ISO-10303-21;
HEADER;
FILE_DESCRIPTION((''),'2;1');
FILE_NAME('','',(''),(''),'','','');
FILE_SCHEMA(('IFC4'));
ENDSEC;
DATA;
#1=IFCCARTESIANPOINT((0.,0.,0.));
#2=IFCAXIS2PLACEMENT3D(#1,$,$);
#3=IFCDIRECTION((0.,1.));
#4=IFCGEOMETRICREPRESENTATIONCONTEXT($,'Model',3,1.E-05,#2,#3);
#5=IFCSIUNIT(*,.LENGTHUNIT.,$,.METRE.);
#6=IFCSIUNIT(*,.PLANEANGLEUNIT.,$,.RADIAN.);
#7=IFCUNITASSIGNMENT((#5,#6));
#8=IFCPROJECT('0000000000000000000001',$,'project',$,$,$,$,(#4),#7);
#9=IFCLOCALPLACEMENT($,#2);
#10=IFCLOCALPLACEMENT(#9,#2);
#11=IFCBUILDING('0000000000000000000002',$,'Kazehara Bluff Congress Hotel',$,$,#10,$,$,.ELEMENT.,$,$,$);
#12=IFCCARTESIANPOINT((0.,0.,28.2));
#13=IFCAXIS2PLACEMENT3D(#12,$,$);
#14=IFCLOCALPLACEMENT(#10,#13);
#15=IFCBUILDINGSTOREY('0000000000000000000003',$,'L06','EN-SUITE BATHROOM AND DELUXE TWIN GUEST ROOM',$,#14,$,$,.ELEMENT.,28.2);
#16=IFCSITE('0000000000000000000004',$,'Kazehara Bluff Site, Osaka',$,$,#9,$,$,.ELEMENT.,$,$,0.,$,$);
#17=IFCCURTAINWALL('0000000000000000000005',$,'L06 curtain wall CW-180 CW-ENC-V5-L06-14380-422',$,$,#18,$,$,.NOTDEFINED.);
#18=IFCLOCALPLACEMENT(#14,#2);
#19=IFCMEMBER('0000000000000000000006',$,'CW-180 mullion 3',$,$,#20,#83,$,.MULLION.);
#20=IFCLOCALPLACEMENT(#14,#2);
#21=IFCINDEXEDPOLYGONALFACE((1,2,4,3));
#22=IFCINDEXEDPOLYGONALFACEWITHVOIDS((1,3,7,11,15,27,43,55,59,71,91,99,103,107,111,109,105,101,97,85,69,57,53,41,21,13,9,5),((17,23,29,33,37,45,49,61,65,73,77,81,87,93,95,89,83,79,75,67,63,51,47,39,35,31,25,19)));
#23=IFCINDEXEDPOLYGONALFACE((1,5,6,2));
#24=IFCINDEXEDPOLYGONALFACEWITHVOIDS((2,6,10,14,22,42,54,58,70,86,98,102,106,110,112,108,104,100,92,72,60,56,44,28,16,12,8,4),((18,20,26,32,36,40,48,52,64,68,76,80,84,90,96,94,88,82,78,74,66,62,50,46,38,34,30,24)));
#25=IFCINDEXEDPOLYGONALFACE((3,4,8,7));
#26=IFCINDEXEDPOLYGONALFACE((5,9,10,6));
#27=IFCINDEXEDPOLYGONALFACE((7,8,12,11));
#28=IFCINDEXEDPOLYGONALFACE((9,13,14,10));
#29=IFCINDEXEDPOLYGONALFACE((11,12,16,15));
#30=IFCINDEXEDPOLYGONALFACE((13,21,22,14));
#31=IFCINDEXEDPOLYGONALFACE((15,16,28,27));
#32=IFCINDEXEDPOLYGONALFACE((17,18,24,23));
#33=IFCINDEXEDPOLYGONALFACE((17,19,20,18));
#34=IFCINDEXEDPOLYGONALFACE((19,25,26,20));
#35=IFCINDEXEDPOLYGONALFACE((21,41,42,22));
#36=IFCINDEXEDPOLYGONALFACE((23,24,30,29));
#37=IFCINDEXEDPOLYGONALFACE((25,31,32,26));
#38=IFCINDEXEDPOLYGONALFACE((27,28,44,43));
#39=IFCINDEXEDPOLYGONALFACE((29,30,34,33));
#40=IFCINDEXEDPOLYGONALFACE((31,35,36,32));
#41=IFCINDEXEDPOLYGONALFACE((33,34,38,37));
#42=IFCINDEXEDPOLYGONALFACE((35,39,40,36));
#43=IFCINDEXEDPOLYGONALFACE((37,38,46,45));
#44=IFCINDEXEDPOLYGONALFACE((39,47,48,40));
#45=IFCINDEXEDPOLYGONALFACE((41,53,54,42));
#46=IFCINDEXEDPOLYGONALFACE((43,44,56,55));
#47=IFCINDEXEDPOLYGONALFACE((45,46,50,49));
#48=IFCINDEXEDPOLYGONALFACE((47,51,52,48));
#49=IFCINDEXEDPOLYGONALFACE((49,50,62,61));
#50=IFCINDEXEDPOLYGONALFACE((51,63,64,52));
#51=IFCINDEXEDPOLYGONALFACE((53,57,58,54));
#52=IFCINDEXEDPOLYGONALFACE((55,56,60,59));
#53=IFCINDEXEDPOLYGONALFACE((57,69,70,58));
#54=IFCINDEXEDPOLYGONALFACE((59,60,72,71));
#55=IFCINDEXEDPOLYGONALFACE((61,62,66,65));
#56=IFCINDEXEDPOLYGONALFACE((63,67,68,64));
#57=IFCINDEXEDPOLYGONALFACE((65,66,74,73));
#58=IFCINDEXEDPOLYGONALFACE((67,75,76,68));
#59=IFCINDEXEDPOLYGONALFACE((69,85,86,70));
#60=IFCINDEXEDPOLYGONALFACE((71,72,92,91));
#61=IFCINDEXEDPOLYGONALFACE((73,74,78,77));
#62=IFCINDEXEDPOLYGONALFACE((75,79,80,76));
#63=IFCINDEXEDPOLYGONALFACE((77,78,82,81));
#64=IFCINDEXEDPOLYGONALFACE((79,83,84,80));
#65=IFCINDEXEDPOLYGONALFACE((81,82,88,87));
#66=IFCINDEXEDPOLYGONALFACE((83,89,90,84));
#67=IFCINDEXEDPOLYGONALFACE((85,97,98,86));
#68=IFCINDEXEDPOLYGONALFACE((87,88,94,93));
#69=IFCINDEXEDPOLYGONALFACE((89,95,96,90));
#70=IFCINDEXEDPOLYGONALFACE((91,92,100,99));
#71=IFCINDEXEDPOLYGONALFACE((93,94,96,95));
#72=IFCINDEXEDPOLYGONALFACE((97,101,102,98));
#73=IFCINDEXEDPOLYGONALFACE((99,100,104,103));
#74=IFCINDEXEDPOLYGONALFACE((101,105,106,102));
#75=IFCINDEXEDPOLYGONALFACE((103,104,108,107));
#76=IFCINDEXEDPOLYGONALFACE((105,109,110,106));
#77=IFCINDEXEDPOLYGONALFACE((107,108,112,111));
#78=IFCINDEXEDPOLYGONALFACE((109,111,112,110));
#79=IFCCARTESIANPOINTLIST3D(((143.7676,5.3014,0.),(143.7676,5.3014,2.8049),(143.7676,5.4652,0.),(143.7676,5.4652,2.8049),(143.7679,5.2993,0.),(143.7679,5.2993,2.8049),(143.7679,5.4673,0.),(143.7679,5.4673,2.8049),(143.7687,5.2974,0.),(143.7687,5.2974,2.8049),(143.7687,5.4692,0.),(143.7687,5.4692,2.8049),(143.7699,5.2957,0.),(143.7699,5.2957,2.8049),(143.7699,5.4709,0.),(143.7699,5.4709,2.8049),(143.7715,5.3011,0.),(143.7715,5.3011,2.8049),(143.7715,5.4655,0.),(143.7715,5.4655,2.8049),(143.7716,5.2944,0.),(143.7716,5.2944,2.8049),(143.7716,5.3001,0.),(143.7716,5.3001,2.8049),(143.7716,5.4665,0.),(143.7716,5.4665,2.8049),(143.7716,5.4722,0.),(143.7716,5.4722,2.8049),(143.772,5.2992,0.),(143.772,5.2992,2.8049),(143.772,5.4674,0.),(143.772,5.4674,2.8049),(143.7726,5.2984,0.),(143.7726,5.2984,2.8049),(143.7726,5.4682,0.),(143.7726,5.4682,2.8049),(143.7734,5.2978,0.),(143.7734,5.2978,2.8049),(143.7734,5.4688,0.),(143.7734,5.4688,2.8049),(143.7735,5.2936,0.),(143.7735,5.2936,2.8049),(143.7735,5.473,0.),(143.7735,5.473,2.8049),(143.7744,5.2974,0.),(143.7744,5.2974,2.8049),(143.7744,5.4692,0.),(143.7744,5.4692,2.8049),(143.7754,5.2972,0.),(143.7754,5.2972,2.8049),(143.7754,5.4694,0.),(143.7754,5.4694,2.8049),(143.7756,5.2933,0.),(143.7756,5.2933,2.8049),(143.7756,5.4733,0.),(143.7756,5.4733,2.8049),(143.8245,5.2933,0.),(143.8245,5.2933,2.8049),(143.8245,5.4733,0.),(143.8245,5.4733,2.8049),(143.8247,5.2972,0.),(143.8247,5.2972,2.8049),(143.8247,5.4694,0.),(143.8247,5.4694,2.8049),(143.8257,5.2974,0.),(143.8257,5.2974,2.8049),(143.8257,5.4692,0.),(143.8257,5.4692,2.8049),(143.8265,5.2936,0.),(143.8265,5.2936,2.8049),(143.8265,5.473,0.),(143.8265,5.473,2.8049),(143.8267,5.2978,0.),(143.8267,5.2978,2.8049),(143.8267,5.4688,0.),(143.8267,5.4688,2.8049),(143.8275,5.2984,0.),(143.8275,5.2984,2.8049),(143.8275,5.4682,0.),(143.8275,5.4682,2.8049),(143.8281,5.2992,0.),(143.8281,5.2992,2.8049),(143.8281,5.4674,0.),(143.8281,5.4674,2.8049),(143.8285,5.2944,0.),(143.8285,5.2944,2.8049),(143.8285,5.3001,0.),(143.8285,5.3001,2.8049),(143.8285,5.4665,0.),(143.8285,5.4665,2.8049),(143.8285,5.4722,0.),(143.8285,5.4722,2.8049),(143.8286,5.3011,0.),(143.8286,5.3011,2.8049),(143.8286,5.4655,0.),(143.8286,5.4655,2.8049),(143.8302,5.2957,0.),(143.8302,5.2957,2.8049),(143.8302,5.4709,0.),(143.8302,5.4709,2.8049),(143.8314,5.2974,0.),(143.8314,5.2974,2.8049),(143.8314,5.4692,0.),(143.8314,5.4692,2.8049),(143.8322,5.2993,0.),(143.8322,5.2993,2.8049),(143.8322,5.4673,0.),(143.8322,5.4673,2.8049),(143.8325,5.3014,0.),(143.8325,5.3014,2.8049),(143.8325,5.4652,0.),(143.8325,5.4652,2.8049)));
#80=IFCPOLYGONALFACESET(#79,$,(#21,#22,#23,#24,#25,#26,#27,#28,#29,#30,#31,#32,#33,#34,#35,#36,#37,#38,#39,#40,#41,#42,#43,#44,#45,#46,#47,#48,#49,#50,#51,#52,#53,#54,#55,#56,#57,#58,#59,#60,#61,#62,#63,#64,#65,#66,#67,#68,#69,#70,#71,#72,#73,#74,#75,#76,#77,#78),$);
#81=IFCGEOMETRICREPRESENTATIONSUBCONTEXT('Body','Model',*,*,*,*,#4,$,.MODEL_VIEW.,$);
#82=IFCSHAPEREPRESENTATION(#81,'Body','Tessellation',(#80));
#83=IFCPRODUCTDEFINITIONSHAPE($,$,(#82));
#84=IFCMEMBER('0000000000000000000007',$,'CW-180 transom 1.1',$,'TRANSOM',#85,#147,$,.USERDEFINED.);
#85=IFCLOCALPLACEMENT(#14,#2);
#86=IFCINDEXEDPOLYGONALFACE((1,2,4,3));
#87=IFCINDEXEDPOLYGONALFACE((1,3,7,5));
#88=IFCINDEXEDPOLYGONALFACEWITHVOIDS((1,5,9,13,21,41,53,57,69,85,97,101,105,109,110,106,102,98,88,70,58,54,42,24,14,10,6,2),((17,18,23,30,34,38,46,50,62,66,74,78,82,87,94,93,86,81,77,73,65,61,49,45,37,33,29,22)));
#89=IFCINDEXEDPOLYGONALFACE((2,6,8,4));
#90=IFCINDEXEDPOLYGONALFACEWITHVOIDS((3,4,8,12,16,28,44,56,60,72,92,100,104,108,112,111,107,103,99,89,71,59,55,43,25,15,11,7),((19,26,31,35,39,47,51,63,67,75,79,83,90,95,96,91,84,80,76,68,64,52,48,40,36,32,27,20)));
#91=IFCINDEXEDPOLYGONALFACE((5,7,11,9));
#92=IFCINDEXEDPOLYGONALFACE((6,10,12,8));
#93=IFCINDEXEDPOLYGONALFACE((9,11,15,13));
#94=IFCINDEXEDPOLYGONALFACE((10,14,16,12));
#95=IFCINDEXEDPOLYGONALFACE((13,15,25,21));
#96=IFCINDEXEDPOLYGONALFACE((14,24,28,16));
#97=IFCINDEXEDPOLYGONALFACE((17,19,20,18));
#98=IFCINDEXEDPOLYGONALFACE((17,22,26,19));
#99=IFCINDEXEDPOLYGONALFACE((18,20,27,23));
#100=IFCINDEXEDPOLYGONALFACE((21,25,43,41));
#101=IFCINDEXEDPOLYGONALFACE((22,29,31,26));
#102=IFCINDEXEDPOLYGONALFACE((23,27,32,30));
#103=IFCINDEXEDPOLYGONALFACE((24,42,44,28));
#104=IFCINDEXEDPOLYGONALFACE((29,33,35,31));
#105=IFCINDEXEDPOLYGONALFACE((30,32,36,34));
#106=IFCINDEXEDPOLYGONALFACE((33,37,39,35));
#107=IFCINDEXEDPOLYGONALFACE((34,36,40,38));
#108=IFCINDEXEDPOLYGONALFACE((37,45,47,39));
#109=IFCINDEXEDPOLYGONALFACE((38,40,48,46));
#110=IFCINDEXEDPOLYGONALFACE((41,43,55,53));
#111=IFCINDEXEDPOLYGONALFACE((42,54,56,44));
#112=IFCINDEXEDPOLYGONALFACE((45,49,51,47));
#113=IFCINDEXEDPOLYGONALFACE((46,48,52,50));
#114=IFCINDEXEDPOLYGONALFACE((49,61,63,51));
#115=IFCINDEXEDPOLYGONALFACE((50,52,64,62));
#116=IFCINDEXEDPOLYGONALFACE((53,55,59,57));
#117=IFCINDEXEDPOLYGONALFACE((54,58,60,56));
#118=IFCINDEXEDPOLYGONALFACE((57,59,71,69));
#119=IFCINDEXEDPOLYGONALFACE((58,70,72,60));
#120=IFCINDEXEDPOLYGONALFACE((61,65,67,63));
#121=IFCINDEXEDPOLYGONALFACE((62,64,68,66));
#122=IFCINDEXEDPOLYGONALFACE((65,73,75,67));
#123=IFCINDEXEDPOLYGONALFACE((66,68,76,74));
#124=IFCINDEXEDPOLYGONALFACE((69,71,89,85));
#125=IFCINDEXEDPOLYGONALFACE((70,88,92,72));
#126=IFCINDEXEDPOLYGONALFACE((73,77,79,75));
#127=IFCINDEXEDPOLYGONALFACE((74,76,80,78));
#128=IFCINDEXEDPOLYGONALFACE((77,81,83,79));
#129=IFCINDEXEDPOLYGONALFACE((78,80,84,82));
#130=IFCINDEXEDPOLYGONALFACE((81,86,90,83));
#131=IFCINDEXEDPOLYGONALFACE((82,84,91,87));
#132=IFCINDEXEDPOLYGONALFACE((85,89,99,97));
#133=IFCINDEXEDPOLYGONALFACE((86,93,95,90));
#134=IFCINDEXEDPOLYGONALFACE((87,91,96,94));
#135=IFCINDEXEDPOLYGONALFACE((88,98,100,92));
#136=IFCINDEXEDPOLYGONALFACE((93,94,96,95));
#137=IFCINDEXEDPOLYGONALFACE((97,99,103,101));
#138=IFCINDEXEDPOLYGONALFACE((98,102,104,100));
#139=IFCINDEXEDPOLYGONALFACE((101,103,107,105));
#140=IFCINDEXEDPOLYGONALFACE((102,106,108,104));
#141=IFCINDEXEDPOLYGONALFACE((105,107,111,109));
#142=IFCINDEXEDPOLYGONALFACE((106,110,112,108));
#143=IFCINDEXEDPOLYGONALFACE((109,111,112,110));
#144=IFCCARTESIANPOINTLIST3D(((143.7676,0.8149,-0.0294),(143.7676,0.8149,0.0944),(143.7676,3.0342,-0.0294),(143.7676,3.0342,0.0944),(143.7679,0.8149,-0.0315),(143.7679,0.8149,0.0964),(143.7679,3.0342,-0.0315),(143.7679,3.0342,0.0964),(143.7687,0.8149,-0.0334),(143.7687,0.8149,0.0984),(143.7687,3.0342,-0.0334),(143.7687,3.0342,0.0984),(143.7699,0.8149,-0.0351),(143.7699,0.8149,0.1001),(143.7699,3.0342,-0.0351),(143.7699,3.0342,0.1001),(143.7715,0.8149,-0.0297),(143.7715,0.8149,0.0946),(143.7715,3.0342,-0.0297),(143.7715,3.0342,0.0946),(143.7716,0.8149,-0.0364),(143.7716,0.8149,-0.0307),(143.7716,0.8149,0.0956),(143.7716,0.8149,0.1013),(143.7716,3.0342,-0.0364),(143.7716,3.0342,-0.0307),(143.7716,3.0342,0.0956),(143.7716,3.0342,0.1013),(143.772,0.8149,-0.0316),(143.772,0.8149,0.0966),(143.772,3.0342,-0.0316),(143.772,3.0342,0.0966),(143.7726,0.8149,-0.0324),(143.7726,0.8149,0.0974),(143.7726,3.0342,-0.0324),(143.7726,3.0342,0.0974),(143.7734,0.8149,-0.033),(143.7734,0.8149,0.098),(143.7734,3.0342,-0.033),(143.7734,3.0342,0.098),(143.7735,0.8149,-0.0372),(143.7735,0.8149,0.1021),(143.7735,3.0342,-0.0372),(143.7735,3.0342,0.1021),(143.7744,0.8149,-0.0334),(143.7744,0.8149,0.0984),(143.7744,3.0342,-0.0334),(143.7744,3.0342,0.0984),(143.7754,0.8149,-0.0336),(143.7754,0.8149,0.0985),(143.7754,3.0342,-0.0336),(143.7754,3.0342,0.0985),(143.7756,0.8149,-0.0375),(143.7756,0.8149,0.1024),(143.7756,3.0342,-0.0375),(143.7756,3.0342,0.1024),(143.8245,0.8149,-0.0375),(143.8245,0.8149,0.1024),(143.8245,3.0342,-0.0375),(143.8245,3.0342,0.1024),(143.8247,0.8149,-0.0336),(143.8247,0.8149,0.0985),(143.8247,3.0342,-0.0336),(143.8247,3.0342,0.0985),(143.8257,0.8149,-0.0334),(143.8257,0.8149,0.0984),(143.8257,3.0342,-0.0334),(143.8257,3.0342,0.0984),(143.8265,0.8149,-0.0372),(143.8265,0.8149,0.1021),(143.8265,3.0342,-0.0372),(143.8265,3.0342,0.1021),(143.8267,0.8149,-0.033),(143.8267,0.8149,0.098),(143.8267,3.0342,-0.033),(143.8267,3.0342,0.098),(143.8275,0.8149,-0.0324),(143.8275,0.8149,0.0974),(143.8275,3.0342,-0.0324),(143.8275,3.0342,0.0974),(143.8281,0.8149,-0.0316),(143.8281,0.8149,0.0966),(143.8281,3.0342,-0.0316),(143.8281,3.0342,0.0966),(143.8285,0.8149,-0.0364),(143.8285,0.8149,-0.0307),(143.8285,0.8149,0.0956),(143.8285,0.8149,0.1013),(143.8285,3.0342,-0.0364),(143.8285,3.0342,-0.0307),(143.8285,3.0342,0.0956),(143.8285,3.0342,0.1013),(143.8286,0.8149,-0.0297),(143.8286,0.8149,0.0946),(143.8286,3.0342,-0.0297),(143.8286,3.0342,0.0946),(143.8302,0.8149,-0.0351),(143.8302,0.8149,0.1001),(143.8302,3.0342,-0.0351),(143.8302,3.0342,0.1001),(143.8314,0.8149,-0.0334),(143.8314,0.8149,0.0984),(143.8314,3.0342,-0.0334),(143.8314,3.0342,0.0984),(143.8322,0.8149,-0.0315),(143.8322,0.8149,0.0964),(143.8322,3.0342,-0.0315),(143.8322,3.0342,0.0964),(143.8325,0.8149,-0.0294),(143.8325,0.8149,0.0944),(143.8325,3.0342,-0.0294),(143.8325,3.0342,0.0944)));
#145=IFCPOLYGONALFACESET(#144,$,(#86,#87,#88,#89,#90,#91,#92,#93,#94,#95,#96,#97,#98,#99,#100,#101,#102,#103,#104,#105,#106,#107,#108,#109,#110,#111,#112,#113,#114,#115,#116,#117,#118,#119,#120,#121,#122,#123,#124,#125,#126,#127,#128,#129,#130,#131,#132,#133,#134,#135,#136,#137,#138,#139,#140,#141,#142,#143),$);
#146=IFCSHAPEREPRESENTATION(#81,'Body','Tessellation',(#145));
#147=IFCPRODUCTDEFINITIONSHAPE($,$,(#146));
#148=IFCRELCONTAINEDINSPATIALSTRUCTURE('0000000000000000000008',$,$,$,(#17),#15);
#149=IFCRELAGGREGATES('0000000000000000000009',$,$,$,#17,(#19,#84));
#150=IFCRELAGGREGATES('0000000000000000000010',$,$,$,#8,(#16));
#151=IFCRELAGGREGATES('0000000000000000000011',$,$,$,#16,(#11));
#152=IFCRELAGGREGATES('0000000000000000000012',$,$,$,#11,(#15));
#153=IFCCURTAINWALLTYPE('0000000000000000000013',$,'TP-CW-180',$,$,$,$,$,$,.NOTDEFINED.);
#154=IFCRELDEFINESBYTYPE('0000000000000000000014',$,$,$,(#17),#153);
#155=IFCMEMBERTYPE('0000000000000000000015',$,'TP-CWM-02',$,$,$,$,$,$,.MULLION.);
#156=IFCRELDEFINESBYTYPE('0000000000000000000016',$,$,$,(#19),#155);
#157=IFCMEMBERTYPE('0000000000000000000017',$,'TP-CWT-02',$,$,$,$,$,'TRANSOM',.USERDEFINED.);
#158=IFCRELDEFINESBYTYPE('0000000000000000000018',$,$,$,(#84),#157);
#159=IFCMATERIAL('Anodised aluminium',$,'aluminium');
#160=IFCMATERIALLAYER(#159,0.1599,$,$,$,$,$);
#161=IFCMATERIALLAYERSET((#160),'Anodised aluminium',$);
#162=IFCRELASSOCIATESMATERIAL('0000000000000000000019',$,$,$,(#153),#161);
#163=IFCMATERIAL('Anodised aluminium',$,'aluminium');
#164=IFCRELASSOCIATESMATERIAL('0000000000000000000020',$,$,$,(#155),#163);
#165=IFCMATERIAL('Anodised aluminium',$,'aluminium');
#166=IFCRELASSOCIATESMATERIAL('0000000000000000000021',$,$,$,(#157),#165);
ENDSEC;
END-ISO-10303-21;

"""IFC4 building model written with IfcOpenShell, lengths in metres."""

from ifc_helpers import new_model, si_unit, direction, frame, origin, origin_2d, place, context, subcontext, project, spatial, hollow_rectangle, extrude, material, layer, layer_set, material_profile, profile_set, type_object, element, aggregate, save


model = new_model("IFC4")

# Units and contexts
model_context = context("Model", 3, precision=1e-05, world=origin(), true_north=direction((0.0, 1.0)))
body_context = subcontext(model_context, "Body", "Model", "MODEL_VIEW")
ifc_project = project(units=[si_unit("LENGTHUNIT", "METRE"), si_unit("PLANEANGLEUNIT", "RADIAN")], contexts=[model_context])

# Site, building, storey
site_placement = place(None, origin())
site = spatial("IfcSite", under=ifc_project, at=site_placement, Name="Kazehara Bluff Site, Osaka", CompositionType="ELEMENT", RefElevation=0.0)
building_placement = place(site_placement, origin())
building = spatial("IfcBuilding", under=site, at=building_placement, Name="Kazehara Bluff Congress Hotel", CompositionType="ELEMENT")
storey_placement = place(building_placement, frame((0.0, 0.0, 28.2)))
storey = spatial("IfcBuildingStorey", under=building, at=storey_placement, Name="L06", Description="EN-SUITE BATHROOM AND DELUXE TWIN GUEST ROOM", CompositionType="ELEMENT", Elevation=28.2)

# Curtain wall, members
ifc_material_1 = material(Name="Anodised aluminium", Category="aluminium")
ifc_layer_1 = layer(ifc_material_1, 0.1599)
ifc_layer_set_1 = layer_set([ifc_layer_1], Name="Anodised aluminium")
curtain_wall_type = type_object("IfcCurtainWallType", Name="TP-CW-180", PredefinedType="NOTDEFINED", material=ifc_layer_set_1)
curtain_wall_placement = place(storey_placement, origin())
curtain_wall = element("IfcCurtainWall", 1, at=curtain_wall_placement, inside=storey, type_object=curtain_wall_type, Name="L06 curtain wall CW-180 CW-ENC-V5-L06-14380-422", PredefinedType="NOTDEFINED")
ifc_material_2 = material(Name="Anodised aluminium", Category="aluminium")
ifc_material_profile_1 = material_profile(ifc_material_2, hollow_rectangle(XDim=0.0649, YDim=0.1799, WallThickness=0.0039, InnerFilletRadius=0.0039, OuterFilletRadius=0.0081, at=origin_2d()))
ifc_profile_set_1 = profile_set([ifc_material_profile_1], Name="Anodised aluminium")
member_type_1 = type_object("IfcMemberType", Name="TP-CWM-02", PredefinedType="MULLION", material=ifc_profile_set_1)
member_1_placement = place(storey_placement, frame((143.8, 5.3833, 0.0), z_axis=(0.0, 0.0, 1.0), x_axis=(-1.0, 0.0, 0.0)))
member_1 = element("IfcMember", 2, at=member_1_placement, type_object=member_type_1, Name="CW-180 mullion 3", PredefinedType="MULLION", context=body_context, shape_type="SweptSolid", body=[
    extrude(hollow_rectangle(XDim=0.0649, YDim=0.1799, WallThickness=0.0039, InnerFilletRadius=0.0039, OuterFilletRadius=0.0081, at=origin_2d()), origin(), (0.0, 0.0, 1.0), 2.8049),
])
ifc_material_3 = material(Name="Anodised aluminium", Category="aluminium")
ifc_material_profile_2 = material_profile(ifc_material_3, hollow_rectangle(XDim=0.0649, YDim=0.1399, WallThickness=0.0039, InnerFilletRadius=0.0039, OuterFilletRadius=0.0081, at=origin_2d()))
ifc_profile_set_2 = profile_set([ifc_material_profile_2], Name="Anodised aluminium")
member_type_2 = type_object("IfcMemberType", Name="TP-CWT-02", ElementType="TRANSOM", PredefinedType="USERDEFINED", material=ifc_profile_set_2)
member_2_placement = place(storey_placement, frame((143.8, 0.8149, 0.0325), z_axis=(0.0, 1.0, 0.0), x_axis=(-1.0, 0.0, 0.0)))
member_2 = element("IfcMember", 3, at=member_2_placement, type_object=member_type_2, Name="CW-180 transom 1.1", ObjectType="TRANSOM", PredefinedType="USERDEFINED", context=body_context, shape_type="SweptSolid", body=[
    extrude(hollow_rectangle(XDim=0.0649, YDim=0.1399, WallThickness=0.0039, InnerFilletRadius=0.0039, OuterFilletRadius=0.0081, at=origin_2d()), origin(), (0.0, 0.0, 1.0), 2.2192),
])
aggregate(curtain_wall, [member_1, member_2])

save(model, "model.ifc")
